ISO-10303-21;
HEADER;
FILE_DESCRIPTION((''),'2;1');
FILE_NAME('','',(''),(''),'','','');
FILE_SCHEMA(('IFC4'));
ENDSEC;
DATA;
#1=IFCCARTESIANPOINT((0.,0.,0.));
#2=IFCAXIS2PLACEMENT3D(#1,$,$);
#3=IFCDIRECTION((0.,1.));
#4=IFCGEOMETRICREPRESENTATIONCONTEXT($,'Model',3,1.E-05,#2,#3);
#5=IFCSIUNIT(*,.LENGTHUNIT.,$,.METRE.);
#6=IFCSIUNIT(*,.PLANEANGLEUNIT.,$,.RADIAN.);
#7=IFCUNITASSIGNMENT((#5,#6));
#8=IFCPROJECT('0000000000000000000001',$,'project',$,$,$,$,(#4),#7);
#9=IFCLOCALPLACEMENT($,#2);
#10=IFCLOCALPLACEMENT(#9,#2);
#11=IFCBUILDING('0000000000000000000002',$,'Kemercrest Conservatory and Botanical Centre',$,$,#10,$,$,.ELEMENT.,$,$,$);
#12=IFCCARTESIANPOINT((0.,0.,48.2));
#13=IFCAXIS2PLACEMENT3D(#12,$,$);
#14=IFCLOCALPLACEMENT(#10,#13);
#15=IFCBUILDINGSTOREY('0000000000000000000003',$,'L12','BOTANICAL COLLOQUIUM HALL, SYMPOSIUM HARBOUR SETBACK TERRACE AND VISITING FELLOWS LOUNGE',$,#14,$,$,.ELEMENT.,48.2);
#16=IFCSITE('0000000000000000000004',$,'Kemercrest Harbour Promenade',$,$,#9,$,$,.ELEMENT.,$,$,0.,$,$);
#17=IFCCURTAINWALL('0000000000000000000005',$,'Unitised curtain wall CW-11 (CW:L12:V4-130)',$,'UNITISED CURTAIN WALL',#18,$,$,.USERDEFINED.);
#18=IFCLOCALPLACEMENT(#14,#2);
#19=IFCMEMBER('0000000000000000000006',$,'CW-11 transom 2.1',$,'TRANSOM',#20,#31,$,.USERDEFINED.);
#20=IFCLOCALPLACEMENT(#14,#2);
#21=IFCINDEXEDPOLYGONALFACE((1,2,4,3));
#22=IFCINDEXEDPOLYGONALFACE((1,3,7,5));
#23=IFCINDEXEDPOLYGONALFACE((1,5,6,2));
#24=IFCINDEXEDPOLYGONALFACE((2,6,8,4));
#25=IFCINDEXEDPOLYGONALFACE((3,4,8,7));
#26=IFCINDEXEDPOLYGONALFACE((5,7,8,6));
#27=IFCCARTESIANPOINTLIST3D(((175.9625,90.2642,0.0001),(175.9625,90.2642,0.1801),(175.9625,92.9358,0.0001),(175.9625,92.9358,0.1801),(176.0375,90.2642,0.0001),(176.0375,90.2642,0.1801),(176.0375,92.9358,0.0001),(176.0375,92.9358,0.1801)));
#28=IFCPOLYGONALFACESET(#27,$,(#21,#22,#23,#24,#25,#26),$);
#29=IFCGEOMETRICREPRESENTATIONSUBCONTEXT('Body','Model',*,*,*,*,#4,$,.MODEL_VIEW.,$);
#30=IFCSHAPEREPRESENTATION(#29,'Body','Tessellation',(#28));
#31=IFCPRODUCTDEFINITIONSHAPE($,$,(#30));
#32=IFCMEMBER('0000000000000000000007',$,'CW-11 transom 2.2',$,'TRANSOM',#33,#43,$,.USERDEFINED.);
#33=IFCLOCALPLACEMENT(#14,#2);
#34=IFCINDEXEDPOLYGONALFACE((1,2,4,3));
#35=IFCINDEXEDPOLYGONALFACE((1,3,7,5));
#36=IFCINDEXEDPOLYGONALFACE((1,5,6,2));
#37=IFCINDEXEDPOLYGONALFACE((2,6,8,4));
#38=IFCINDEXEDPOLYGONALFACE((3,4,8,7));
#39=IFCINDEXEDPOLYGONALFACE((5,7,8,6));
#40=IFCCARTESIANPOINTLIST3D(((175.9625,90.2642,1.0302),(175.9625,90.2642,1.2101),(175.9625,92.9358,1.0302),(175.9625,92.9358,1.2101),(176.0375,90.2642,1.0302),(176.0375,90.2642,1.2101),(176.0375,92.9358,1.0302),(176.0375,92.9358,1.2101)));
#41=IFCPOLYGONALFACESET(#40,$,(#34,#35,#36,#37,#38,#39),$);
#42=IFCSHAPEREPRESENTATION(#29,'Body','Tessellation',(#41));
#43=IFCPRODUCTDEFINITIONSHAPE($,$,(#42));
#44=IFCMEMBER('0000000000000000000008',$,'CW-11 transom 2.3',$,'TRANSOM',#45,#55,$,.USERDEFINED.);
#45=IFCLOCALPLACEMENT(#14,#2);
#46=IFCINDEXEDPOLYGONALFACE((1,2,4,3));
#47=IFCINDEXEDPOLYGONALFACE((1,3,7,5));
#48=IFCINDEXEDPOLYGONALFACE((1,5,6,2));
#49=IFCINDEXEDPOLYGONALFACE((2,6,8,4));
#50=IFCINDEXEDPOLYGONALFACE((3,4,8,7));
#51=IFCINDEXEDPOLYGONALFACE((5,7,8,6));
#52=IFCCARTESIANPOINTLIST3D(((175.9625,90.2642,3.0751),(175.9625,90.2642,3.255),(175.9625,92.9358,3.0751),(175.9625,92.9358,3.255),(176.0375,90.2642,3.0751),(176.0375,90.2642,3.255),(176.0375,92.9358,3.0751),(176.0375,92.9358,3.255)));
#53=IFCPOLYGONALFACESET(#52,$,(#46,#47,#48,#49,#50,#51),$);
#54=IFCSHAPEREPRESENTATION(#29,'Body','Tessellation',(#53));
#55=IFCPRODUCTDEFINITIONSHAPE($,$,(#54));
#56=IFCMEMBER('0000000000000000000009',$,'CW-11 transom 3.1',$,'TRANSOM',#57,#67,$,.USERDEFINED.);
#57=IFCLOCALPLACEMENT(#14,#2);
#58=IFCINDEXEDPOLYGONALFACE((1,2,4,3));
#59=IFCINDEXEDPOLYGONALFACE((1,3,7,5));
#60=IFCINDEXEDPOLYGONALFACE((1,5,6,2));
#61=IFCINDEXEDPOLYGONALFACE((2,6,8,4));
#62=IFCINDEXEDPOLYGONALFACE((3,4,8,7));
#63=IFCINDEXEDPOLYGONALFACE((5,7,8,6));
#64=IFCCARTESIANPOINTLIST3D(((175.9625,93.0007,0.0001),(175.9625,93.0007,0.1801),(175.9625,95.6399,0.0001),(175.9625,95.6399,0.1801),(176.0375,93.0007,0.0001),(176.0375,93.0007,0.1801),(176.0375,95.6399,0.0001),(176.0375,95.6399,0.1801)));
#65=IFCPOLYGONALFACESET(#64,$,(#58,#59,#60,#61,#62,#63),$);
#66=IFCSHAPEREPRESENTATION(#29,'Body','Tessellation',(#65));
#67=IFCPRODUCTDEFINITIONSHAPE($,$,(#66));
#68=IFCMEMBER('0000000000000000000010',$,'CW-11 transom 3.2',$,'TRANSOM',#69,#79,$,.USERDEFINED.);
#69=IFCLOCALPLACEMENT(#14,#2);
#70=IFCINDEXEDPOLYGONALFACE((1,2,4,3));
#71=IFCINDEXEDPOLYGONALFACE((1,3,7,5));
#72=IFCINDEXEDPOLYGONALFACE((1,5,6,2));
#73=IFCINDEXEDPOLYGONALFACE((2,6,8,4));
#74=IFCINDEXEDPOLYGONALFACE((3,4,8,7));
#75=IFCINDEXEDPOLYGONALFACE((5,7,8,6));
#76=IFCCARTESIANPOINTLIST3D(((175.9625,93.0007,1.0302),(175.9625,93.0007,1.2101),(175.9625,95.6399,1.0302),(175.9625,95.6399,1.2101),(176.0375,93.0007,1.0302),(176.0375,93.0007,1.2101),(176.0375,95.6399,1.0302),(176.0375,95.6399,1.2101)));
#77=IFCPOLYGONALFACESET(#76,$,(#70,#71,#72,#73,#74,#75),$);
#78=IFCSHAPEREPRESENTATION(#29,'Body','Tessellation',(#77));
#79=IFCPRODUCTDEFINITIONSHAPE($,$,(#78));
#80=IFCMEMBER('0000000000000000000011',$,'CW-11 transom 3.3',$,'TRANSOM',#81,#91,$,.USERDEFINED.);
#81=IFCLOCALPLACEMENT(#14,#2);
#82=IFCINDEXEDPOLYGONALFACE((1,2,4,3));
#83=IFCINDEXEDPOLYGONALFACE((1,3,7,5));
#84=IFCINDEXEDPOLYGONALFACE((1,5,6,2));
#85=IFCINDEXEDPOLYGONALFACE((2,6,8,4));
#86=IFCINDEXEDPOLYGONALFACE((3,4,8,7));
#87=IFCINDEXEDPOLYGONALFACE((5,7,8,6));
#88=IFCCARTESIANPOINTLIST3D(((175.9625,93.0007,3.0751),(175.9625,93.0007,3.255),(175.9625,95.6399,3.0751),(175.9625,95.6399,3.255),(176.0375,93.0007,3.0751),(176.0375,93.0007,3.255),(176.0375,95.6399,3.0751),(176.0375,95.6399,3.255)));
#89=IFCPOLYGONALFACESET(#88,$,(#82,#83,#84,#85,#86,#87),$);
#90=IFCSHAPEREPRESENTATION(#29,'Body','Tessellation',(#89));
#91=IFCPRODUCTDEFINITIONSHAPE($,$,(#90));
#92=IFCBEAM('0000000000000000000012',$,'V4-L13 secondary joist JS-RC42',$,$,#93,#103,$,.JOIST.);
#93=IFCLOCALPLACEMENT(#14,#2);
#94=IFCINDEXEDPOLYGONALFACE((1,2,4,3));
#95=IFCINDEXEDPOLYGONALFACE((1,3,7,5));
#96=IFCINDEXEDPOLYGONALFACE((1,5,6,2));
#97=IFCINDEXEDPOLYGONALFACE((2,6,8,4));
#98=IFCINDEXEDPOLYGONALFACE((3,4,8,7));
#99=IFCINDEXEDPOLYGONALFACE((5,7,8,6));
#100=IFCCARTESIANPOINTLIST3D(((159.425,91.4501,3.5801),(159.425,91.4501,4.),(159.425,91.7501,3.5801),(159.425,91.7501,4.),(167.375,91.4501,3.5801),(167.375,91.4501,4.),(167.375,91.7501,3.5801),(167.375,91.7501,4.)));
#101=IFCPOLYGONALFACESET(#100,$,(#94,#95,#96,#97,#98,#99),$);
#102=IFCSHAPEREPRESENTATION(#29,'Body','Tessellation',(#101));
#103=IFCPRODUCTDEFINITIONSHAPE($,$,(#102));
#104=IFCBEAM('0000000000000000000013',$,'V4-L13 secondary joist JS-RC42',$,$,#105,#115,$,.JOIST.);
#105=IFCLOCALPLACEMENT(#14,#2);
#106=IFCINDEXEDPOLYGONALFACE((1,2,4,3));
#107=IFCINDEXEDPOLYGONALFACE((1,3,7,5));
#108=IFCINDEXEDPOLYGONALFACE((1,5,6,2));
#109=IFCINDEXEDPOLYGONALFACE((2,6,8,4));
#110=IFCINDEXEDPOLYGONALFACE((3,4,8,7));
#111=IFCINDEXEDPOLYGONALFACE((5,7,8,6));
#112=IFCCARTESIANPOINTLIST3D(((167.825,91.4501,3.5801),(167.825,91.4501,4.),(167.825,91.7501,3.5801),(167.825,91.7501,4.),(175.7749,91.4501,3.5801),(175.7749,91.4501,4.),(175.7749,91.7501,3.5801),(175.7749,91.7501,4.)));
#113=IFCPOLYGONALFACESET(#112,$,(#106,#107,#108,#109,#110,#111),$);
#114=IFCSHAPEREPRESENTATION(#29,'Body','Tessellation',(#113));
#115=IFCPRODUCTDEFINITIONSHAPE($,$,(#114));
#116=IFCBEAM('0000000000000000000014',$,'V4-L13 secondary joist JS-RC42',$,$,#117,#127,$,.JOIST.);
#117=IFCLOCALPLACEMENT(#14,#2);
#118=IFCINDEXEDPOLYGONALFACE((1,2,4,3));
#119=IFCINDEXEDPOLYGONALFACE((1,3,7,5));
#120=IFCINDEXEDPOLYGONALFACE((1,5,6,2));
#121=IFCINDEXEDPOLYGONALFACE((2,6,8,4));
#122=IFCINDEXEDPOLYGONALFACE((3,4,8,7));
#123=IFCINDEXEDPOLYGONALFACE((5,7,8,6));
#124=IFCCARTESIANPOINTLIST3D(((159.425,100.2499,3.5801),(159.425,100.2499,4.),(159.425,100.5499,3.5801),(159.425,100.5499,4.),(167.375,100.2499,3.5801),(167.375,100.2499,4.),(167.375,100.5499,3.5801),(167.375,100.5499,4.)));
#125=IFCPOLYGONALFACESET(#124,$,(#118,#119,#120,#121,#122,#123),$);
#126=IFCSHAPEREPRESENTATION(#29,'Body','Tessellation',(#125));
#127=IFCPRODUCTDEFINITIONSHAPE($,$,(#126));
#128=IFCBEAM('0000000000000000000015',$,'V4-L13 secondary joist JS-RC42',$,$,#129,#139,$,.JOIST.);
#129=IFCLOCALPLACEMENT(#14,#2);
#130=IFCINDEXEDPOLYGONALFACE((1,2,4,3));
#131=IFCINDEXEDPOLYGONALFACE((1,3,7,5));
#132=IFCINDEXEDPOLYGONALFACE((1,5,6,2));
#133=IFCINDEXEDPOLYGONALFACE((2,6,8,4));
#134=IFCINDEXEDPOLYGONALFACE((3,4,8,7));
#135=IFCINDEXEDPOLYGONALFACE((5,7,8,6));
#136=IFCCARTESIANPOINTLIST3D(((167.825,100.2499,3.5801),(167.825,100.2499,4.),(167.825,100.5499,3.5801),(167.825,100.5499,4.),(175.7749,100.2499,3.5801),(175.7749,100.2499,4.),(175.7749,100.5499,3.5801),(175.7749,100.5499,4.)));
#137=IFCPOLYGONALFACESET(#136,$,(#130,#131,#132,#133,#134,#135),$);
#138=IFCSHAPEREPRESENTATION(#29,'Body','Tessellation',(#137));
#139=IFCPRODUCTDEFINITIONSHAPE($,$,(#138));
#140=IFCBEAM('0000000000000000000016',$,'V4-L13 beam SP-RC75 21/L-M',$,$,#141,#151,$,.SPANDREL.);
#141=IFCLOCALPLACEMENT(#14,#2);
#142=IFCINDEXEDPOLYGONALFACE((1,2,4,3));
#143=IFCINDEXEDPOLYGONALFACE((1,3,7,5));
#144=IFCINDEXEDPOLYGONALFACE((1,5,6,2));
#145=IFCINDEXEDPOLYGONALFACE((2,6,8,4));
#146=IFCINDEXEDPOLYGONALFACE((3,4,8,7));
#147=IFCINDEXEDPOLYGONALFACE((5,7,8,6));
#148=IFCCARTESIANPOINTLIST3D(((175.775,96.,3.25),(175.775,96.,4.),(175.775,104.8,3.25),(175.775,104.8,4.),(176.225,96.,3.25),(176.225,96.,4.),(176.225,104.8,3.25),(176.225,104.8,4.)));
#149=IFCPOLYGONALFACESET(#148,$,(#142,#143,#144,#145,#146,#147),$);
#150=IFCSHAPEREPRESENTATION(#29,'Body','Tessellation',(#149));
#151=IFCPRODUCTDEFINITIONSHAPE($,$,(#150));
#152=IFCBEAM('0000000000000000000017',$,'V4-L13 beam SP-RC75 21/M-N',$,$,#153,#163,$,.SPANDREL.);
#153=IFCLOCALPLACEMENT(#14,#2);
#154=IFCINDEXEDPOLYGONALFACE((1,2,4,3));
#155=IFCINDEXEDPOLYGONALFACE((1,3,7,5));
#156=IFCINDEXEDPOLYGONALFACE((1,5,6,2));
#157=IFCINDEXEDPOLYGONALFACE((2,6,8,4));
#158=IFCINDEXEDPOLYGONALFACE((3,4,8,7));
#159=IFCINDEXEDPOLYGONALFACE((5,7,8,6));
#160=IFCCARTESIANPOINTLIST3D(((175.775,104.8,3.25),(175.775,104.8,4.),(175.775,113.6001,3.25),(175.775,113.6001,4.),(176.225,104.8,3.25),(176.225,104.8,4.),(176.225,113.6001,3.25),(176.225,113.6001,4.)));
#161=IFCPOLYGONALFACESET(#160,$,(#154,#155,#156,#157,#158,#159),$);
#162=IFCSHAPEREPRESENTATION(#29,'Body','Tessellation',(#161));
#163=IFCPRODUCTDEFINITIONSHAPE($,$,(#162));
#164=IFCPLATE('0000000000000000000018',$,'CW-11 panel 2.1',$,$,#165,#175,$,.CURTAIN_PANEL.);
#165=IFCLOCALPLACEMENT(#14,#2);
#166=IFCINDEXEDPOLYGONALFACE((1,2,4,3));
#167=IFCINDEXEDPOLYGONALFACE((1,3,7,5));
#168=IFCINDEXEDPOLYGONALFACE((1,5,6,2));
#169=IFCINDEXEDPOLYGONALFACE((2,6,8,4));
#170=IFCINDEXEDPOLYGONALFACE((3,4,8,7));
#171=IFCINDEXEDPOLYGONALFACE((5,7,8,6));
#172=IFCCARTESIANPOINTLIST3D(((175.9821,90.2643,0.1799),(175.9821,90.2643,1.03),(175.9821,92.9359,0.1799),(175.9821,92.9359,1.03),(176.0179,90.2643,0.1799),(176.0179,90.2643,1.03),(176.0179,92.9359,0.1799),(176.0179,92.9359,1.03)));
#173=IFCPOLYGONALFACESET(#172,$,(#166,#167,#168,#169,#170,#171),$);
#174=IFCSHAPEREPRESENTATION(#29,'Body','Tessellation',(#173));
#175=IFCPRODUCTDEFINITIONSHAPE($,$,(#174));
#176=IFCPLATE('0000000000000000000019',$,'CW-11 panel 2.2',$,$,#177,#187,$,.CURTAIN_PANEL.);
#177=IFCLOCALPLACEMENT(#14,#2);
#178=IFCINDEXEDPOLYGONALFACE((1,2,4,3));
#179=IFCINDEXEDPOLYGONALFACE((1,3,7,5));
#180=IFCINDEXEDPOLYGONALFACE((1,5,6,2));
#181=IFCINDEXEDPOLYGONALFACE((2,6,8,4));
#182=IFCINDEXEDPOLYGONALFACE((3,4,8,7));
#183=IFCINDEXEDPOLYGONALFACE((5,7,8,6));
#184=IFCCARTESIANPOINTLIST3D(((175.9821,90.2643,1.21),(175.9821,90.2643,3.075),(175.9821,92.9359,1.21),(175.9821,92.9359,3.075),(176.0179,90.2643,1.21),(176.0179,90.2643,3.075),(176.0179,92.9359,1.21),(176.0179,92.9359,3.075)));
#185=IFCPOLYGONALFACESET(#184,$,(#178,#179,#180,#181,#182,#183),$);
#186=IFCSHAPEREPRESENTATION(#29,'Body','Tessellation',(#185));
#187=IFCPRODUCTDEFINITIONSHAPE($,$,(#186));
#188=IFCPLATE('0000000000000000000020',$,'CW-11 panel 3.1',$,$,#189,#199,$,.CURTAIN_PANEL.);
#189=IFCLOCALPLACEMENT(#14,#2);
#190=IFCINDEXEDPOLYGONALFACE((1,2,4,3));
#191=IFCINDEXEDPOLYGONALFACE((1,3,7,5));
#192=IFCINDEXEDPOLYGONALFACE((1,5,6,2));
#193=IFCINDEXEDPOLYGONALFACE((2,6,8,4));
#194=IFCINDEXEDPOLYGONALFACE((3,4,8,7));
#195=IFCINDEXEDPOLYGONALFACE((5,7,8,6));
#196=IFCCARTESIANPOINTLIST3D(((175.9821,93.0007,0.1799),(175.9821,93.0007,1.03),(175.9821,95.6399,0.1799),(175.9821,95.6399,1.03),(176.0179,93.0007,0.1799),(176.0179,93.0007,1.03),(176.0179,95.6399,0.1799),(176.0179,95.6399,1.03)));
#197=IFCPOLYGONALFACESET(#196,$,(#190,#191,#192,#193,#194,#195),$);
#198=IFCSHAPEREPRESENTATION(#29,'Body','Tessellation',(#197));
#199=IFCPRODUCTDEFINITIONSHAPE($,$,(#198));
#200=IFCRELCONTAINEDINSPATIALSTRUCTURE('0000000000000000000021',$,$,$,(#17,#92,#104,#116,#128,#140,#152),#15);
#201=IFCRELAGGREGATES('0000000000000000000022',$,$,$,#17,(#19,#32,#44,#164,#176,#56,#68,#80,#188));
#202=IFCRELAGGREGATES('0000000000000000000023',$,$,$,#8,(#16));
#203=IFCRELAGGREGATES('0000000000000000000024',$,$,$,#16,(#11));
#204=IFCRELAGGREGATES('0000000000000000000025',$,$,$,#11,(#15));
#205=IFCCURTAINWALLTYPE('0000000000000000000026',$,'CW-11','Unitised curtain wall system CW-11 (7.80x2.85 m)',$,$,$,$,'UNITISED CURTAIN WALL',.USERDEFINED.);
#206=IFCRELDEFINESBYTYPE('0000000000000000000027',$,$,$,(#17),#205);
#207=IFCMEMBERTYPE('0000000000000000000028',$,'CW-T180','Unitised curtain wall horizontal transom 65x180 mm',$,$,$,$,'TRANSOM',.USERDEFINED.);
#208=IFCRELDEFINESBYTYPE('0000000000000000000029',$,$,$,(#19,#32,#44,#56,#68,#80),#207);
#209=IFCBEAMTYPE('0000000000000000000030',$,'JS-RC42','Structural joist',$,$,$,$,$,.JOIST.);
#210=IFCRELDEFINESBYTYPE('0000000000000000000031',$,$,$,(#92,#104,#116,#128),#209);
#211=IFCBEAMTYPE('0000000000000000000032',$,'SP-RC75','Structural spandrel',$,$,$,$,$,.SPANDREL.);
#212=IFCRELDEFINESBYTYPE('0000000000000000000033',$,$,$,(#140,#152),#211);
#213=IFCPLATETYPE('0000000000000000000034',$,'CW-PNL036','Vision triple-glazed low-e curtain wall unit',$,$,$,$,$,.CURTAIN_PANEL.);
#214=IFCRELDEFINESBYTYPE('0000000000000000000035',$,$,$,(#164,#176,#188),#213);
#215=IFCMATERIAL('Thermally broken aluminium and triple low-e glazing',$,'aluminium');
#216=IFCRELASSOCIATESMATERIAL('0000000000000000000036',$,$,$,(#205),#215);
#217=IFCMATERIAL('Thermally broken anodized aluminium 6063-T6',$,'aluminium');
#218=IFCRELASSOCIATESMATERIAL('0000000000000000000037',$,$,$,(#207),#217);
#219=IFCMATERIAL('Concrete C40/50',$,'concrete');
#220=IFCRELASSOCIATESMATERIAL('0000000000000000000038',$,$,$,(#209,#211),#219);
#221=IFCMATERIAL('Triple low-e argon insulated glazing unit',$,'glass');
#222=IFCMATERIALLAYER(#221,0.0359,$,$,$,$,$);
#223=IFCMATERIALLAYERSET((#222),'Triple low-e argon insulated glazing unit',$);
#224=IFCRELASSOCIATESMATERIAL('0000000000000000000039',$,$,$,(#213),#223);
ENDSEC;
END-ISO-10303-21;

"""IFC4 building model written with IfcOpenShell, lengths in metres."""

from ifc_helpers import new_model, si_unit, direction, frame, origin, origin_2d, place, context, subcontext, project, spatial, rectangle, extrude, material, layer, layer_set, material_profile, profile_set, type_object, element, aggregate, save


model = new_model("IFC4")

# Units and contexts
model_context = context("Model", 3, precision=1e-05, world=origin(), true_north=direction((0.0, 1.0)))
body_context = subcontext(model_context, "Body", "Model", "MODEL_VIEW")
ifc_project = project(units=[si_unit("LENGTHUNIT", "METRE"), si_unit("PLANEANGLEUNIT", "RADIAN")], contexts=[model_context])

# Site, building, storey
site_placement = place(None, origin())
site = spatial("IfcSite", under=ifc_project, at=site_placement, Name="Kemercrest Harbour Promenade", CompositionType="ELEMENT", RefElevation=0.0)
building_placement = place(site_placement, origin())
building = spatial("IfcBuilding", under=site, at=building_placement, Name="Kemercrest Conservatory and Botanical Centre", CompositionType="ELEMENT")
storey_placement = place(building_placement, frame((0.0, 0.0, 48.2)))
storey = spatial("IfcBuildingStorey", under=building, at=storey_placement, Name="L12", Description="BOTANICAL COLLOQUIUM HALL, SYMPOSIUM HARBOUR SETBACK TERRACE AND VISITING FELLOWS LOUNGE", CompositionType="ELEMENT", Elevation=48.2)

# Shared definitions
ifc_material_1 = material(Name="Concrete C40/50", Category="concrete")

# Curtain wall, members
ifc_material_2 = material(Name="Thermally broken aluminium and triple low-e glazing", Category="aluminium")
curtain_wall_type = type_object("IfcCurtainWallType", Name="CW-11", Description="Unitised curtain wall system CW-11 (7.80x2.85 m)", ElementType="UNITISED CURTAIN WALL", PredefinedType="USERDEFINED", material=ifc_material_2)
curtain_wall_placement = place(storey_placement, origin())
curtain_wall = element("IfcCurtainWall", 1, at=curtain_wall_placement, inside=storey, type_object=curtain_wall_type, Name="Unitised curtain wall CW-11 (CW:L12:V4-130)", ObjectType="UNITISED CURTAIN WALL", PredefinedType="USERDEFINED")
ifc_material_3 = material(Name="Thermally broken anodized aluminium 6063-T6", Category="aluminium")
ifc_material_profile_1 = material_profile(ifc_material_3, rectangle(XDim=0.075, YDim=0.1799, at=origin_2d()), Name="AL TRANSOM 75x180")
ifc_profile_set_1 = profile_set([ifc_material_profile_1], Name="Thermally broken anodized aluminium 6063-T6")
member_type_1 = type_object("IfcMemberType", Name="CW-T180", Description="Unitised curtain wall horizontal transom 65x180 mm", ElementType="TRANSOM", PredefinedType="USERDEFINED", material=ifc_profile_set_1)
member_1_placement = place(storey_placement, frame((176.0, 90.2642, 0.0901), z_axis=(0.0, 1.0, 0.0), x_axis=(-1.0, 0.0, 0.0)))
member_1 = element("IfcMember", 2, at=member_1_placement, type_object=member_type_1, Name="CW-11 transom 2.1", ObjectType="TRANSOM", PredefinedType="USERDEFINED", context=body_context, shape_type="SweptSolid", body=[
    extrude(rectangle(XDim=0.075, YDim=0.1799, at=origin_2d()), origin(), (0.0, 0.0, 1.0), 2.6716),
])
member_2_placement = place(storey_placement, frame((176.0, 90.2642, 1.1201), z_axis=(0.0, 1.0, 0.0), x_axis=(-1.0, 0.0, 0.0)))
member_2 = element("IfcMember", 3, at=member_2_placement, type_object=member_type_1, Name="CW-11 transom 2.2", ObjectType="TRANSOM", PredefinedType="USERDEFINED", context=body_context, shape_type="SweptSolid", body=[
    extrude(rectangle(XDim=0.075, YDim=0.1799, at=origin_2d()), origin(), (0.0, 0.0, 1.0), 2.6716),
])
member_3_placement = place(storey_placement, frame((176.0, 90.2642, 3.165), z_axis=(0.0, 1.0, 0.0), x_axis=(-1.0, 0.0, 0.0)))
member_3 = element("IfcMember", 4, at=member_3_placement, type_object=member_type_1, Name="CW-11 transom 2.3", ObjectType="TRANSOM", PredefinedType="USERDEFINED", context=body_context, shape_type="SweptSolid", body=[
    extrude(rectangle(XDim=0.075, YDim=0.1799, at=origin_2d()), origin(), (0.0, 0.0, 1.0), 2.6716),
])
member_4_placement = place(storey_placement, frame((176.0, 93.0007, 0.0901), z_axis=(0.0, 1.0, 0.0), x_axis=(-1.0, 0.0, 0.0)))
member_4 = element("IfcMember", 5, at=member_4_placement, type_object=member_type_1, Name="CW-11 transom 3.1", ObjectType="TRANSOM", PredefinedType="USERDEFINED", context=body_context, shape_type="SweptSolid", body=[
    extrude(rectangle(XDim=0.075, YDim=0.1799, at=origin_2d()), origin(), (0.0, 0.0, 1.0), 2.6392),
])
member_5_placement = place(storey_placement, frame((176.0, 93.0007, 1.1201), z_axis=(0.0, 1.0, 0.0), x_axis=(-1.0, 0.0, 0.0)))
member_5 = element("IfcMember", 6, at=member_5_placement, type_object=member_type_1, Name="CW-11 transom 3.2", ObjectType="TRANSOM", PredefinedType="USERDEFINED", context=body_context, shape_type="SweptSolid", body=[
    extrude(rectangle(XDim=0.075, YDim=0.1799, at=origin_2d()), origin(), (0.0, 0.0, 1.0), 2.6392),
])
member_6_placement = place(storey_placement, frame((176.0, 93.0007, 3.165), z_axis=(0.0, 1.0, 0.0), x_axis=(-1.0, 0.0, 0.0)))
member_6 = element("IfcMember", 7, at=member_6_placement, type_object=member_type_1, Name="CW-11 transom 3.3", ObjectType="TRANSOM", PredefinedType="USERDEFINED", context=body_context, shape_type="SweptSolid", body=[
    extrude(rectangle(XDim=0.075, YDim=0.1799, at=origin_2d()), origin(), (0.0, 0.0, 1.0), 2.6392),
])

# Beams
ifc_material_profile_2 = material_profile(ifc_material_1, rectangle(XDim=0.3, YDim=0.4199, at=origin_2d()), Name="RC 300x420")
ifc_profile_set_2 = profile_set([ifc_material_profile_2], Name="Concrete C40/50")
beam_type_1 = type_object("IfcBeamType", Name="JS-RC42", Description="Structural joist", PredefinedType="JOIST", material=ifc_profile_set_2)
for number, where, z_axis, x_axis, name in (
    (8, (159.425, 91.6001, 3.79), (1.0, 0.0, 0.0), (0.0, 1.0, 0.0), "V4-L13 secondary joist JS-RC42"),
    (9, (167.825, 91.6001, 3.79), (1.0, 0.0, 0.0), (0.0, 1.0, 0.0), "V4-L13 secondary joist JS-RC42"),
    (10, (159.425, 100.3999, 3.79), (1.0, 0.0, 0.0), (0.0, 1.0, 0.0), "V4-L13 secondary joist JS-RC42"),
    (11, (167.825, 100.3999, 3.79), (1.0, 0.0, 0.0), (0.0, 1.0, 0.0), "V4-L13 secondary joist JS-RC42"),
):
    element("IfcBeam", number, at=place(storey_placement, frame(where, z_axis=z_axis, x_axis=x_axis)), inside=storey, type_object=beam_type_1, Name=name, PredefinedType="JOIST", context=body_context, shape_type="SweptSolid", body=[
        extrude(rectangle(XDim=0.3, YDim=0.4199, at=origin_2d()), origin(), (0.0, 0.0, 1.0), 7.95),
    ])
ifc_material_profile_3 = material_profile(ifc_material_1, rectangle(XDim=0.45, YDim=0.75, at=origin_2d()), Name="RC 450x750")
ifc_profile_set_3 = profile_set([ifc_material_profile_3], Name="Concrete C40/50")
beam_type_2 = type_object("IfcBeamType", Name="SP-RC75", Description="Structural spandrel", PredefinedType="SPANDREL", material=ifc_profile_set_3)
for number, where, z_axis, x_axis, name in (
    (12, (176.0, 96.0, 3.625), (0.0, 1.0, 0.0), (-1.0, 0.0, 0.0), "V4-L13 beam SP-RC75 21/L-M"),
    (13, (176.0, 104.8, 3.625), (0.0, 1.0, 0.0), (-1.0, 0.0, 0.0), "V4-L13 beam SP-RC75 21/M-N"),
):
    element("IfcBeam", number, at=place(storey_placement, frame(where, z_axis=z_axis, x_axis=x_axis)), inside=storey, type_object=beam_type_2, Name=name, PredefinedType="SPANDREL", context=body_context, shape_type="SweptSolid", body=[
        extrude(rectangle(XDim=0.45, YDim=0.75, at=origin_2d()), origin(), (0.0, 0.0, 1.0), 8.8),
    ])

# Plates
ifc_material_4 = material(Name="Triple low-e argon insulated glazing unit", Category="glass")
ifc_layer_1 = layer(ifc_material_4, 0.0359)
ifc_layer_set_1 = layer_set([ifc_layer_1], Name="Triple low-e argon insulated glazing unit")
plate_type = type_object("IfcPlateType", Name="CW-PNL036", Description="Vision triple-glazed low-e curtain wall unit", PredefinedType="CURTAIN_PANEL", material=ifc_layer_set_1)
plate_1_placement = place(storey_placement, frame((176.0, 91.6001, 0.1799), z_axis=(0.0, 0.0, 1.0), x_axis=(0.0, 1.0, 0.0)))
plate_1 = element("IfcPlate", 14, at=plate_1_placement, type_object=plate_type, Name="CW-11 panel 2.1", PredefinedType="CURTAIN_PANEL", context=body_context, shape_type="SweptSolid", body=[
    extrude(rectangle(XDim=2.6716, YDim=0.0359, at=origin_2d()), origin(), (0.0, 0.0, 1.0), 0.8501),
])
plate_2_placement = place(storey_placement, frame((176.0, 91.6001, 1.21), z_axis=(0.0, 0.0, 1.0), x_axis=(0.0, 1.0, 0.0)))
plate_2 = element("IfcPlate", 15, at=plate_2_placement, type_object=plate_type, Name="CW-11 panel 2.2", PredefinedType="CURTAIN_PANEL", context=body_context, shape_type="SweptSolid", body=[
    extrude(rectangle(XDim=2.6716, YDim=0.0359, at=origin_2d()), origin(), (0.0, 0.0, 1.0), 1.865),
])
plate_3_placement = place(storey_placement, frame((176.0, 94.3203, 0.1799), z_axis=(0.0, 0.0, 1.0), x_axis=(0.0, 1.0, 0.0)))
plate_3 = element("IfcPlate", 16, at=plate_3_placement, type_object=plate_type, Name="CW-11 panel 3.1", PredefinedType="CURTAIN_PANEL", context=body_context, shape_type="SweptSolid", body=[
    extrude(rectangle(XDim=2.6392, YDim=0.0359, at=origin_2d()), origin(), (0.0, 0.0, 1.0), 0.8501),
])
aggregate(curtain_wall, [member_1, member_2, member_3, plate_1, plate_2, member_4, member_5, member_6, plate_3])

save(model, "model.ifc")
